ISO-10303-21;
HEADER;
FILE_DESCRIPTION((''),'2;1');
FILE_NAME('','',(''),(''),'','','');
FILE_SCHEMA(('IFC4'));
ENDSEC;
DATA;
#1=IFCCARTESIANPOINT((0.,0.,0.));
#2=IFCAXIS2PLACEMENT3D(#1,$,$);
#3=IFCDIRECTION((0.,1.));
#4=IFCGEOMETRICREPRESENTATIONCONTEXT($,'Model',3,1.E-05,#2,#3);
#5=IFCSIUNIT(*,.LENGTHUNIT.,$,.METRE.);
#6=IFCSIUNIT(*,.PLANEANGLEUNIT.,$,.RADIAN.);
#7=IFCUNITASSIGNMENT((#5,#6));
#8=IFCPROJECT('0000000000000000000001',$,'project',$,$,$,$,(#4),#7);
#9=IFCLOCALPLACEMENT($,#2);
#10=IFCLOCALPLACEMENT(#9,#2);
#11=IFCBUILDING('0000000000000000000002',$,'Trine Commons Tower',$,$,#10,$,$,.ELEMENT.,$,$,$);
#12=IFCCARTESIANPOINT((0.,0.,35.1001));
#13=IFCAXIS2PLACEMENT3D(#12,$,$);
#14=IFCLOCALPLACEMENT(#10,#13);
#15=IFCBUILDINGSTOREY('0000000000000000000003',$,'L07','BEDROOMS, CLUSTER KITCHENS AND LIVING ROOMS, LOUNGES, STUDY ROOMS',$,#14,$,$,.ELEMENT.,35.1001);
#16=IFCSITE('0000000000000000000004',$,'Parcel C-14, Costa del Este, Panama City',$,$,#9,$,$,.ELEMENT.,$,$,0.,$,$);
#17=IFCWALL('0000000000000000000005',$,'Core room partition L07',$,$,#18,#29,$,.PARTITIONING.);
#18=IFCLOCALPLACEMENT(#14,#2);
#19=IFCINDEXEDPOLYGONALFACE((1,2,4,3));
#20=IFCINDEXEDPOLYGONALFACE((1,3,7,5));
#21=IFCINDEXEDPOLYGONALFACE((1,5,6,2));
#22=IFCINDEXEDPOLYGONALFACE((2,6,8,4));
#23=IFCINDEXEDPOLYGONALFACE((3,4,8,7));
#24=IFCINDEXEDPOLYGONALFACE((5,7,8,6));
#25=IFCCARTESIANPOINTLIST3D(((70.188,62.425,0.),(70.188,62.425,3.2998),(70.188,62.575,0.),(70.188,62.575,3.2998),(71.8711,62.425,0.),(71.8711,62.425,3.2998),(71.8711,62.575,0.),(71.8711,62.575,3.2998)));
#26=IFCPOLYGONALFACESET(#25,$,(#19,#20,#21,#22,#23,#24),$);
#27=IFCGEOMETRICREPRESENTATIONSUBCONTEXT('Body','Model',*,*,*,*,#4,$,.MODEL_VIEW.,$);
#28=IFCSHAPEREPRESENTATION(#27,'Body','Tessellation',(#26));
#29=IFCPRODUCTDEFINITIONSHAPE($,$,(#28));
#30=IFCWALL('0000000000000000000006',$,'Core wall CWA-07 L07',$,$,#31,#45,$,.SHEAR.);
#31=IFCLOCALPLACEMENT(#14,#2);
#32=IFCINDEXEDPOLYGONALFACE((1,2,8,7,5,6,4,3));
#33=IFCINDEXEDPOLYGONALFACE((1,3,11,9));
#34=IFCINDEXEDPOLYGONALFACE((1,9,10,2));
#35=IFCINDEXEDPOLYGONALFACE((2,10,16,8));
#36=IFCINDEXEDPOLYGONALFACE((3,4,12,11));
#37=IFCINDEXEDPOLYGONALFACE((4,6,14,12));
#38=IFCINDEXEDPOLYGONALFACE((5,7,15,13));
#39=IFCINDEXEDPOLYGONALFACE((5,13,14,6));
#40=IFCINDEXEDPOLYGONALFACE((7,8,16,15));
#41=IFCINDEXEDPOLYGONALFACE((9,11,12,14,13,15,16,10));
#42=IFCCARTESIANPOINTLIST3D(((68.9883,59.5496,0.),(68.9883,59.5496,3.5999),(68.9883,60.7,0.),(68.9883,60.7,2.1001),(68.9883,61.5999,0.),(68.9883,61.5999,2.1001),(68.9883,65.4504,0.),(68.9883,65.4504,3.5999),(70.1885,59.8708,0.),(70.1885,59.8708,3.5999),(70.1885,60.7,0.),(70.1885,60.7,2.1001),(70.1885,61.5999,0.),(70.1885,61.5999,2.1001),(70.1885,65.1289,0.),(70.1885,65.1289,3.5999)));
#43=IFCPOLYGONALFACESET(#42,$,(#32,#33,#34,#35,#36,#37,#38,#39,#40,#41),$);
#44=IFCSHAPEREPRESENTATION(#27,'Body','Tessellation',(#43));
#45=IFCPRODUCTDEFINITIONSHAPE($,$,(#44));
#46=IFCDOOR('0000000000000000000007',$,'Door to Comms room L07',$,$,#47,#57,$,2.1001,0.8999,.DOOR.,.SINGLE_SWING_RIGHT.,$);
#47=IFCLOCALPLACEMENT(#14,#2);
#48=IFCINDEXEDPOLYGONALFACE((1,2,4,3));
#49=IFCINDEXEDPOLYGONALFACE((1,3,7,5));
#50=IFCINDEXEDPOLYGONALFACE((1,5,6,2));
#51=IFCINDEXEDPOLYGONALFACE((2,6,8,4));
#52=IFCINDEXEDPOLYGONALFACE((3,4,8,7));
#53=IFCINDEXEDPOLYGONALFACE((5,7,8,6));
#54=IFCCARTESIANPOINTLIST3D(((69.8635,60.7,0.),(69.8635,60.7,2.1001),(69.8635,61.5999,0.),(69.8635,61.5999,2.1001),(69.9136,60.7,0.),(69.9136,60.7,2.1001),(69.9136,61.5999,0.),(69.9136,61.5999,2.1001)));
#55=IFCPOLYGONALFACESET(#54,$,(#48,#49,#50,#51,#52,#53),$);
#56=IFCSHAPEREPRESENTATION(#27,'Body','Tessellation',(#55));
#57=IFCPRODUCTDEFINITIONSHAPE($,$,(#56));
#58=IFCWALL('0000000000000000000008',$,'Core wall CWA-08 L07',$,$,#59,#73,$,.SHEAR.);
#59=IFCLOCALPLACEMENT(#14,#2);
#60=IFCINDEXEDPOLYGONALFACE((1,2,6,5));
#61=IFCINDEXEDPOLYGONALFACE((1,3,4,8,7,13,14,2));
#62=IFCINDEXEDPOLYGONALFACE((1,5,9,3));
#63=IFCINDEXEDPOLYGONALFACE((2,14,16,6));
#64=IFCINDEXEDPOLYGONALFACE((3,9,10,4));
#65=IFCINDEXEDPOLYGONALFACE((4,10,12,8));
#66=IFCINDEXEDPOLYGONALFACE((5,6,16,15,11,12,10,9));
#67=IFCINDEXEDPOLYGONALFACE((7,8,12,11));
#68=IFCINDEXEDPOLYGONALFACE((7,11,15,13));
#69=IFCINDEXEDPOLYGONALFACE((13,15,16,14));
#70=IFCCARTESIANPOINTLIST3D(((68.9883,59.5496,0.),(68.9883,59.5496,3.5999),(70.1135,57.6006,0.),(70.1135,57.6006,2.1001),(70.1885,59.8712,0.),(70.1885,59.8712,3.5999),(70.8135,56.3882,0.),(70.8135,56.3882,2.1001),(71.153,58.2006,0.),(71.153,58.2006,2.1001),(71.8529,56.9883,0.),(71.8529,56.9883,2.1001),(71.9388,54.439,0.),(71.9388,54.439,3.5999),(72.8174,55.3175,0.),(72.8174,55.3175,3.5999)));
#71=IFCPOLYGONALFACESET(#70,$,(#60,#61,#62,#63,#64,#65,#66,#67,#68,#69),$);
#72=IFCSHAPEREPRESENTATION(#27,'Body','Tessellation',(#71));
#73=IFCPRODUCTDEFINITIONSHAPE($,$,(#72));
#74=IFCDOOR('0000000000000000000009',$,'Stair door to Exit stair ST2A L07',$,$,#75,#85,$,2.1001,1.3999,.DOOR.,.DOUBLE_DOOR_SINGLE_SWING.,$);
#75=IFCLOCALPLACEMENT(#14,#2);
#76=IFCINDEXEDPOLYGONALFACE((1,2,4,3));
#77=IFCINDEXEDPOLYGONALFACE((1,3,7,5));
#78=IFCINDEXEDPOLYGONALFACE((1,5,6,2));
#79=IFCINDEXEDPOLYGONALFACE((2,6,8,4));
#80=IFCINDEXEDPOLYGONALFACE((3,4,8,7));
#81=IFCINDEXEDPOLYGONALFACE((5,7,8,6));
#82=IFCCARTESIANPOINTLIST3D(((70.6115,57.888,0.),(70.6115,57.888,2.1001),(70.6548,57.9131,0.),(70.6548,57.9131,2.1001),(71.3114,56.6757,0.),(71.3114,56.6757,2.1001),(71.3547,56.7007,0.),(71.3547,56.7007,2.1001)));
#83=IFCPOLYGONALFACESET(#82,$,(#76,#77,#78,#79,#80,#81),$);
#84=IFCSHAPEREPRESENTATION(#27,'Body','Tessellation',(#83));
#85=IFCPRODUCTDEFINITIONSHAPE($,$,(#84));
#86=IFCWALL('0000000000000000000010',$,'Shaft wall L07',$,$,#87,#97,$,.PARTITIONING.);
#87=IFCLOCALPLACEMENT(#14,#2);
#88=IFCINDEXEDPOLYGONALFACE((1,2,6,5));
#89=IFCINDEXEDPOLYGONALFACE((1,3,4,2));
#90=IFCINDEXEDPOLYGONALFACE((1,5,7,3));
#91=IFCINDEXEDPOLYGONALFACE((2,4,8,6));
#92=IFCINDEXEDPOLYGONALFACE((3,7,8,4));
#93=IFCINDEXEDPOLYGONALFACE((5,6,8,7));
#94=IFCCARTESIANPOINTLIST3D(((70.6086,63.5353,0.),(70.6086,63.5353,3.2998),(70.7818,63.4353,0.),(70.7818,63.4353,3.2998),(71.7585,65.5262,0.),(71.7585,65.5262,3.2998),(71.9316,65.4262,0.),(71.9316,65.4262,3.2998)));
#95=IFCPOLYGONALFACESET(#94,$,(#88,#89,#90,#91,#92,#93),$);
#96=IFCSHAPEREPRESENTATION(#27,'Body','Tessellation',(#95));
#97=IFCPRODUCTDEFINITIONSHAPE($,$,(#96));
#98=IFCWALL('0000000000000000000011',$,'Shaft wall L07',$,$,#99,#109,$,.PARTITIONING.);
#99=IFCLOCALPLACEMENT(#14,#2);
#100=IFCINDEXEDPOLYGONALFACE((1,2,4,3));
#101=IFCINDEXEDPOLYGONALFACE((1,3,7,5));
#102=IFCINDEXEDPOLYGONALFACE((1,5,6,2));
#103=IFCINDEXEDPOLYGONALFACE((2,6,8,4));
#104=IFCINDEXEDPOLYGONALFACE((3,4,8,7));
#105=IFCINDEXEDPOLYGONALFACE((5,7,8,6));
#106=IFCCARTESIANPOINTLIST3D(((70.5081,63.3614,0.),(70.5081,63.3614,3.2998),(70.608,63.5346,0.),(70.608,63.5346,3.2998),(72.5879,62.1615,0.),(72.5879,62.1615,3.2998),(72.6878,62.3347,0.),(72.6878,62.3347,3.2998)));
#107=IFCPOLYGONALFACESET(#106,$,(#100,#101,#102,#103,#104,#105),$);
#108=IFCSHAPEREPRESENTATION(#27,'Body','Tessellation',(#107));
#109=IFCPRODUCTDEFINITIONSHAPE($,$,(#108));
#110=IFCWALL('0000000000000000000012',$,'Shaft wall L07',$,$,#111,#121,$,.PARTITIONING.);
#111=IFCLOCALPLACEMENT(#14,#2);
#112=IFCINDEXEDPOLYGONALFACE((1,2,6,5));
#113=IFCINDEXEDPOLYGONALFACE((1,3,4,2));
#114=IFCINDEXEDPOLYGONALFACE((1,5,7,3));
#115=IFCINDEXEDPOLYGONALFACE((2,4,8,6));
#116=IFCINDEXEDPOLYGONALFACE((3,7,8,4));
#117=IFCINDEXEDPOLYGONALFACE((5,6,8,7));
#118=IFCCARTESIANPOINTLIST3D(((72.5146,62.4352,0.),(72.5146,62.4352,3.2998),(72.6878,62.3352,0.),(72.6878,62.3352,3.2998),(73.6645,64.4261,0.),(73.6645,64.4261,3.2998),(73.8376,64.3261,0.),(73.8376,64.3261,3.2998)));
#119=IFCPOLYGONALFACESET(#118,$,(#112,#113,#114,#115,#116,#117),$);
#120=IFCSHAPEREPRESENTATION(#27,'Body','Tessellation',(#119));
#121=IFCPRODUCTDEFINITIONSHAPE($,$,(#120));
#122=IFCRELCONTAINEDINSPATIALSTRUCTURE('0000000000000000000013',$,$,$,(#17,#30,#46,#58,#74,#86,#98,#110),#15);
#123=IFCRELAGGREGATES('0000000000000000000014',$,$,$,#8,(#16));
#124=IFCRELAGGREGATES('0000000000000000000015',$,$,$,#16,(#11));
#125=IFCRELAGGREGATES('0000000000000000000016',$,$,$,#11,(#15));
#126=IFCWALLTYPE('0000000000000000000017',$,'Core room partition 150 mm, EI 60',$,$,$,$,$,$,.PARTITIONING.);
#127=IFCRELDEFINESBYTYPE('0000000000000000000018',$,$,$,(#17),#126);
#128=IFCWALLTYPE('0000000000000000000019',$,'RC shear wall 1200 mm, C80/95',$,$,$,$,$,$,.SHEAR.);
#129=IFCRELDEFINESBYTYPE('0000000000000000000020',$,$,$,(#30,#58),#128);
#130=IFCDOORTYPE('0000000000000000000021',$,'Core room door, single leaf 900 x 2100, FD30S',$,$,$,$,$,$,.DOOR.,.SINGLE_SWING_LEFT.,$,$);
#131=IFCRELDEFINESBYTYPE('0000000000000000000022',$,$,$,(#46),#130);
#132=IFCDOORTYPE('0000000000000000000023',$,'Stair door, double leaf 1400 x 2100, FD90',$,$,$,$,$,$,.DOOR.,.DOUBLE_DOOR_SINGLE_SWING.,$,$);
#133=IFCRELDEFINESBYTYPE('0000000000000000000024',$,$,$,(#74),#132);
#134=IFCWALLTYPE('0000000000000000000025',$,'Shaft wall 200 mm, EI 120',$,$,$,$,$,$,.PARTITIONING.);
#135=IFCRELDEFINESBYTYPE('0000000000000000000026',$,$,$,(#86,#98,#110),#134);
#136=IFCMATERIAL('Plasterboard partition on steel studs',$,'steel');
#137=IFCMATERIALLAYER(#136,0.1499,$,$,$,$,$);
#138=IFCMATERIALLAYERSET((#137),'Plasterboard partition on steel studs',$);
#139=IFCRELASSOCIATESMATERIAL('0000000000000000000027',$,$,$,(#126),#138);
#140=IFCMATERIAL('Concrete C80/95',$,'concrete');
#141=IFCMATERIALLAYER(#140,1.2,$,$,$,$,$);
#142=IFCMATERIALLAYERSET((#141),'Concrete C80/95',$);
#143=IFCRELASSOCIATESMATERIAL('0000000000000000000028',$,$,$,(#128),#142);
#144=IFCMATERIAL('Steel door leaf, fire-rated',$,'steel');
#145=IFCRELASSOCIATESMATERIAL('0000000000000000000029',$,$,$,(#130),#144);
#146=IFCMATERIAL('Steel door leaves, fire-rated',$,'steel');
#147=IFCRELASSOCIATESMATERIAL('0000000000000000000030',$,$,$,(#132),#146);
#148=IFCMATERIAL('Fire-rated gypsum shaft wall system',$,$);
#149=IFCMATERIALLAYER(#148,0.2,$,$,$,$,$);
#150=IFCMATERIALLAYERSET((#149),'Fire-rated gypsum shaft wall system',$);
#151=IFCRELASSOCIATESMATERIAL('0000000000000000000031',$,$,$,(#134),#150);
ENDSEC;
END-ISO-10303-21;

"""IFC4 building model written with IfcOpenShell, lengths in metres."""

from ifc_helpers import new_model, si_unit, direction, frame, frame_2d, origin, place, context, subcontext, project, spatial, polyline, rectangle, outline, extrude, material, layer, layer_set, type_object, element, fill, save


model = new_model("IFC4")

# Units and contexts
model_context = context("Model", 3, precision=1e-05, world=origin(), true_north=direction((0.0, 1.0)))
body_context = subcontext(model_context, "Body", "Model", "MODEL_VIEW")
ifc_project = project(units=[si_unit("LENGTHUNIT", "METRE"), si_unit("PLANEANGLEUNIT", "RADIAN")], contexts=[model_context])

# Site, building, storey
site_placement = place(None, origin())
site = spatial("IfcSite", under=ifc_project, at=site_placement, Name="Parcel C-14, Costa del Este, Panama City", CompositionType="ELEMENT", RefElevation=0.0)
building_placement = place(site_placement, origin())
building = spatial("IfcBuilding", under=site, at=building_placement, Name="Trine Commons Tower", CompositionType="ELEMENT")
storey_placement = place(building_placement, frame((0.0, 0.0, 35.1001)))
storey = spatial("IfcBuildingStorey", under=building, at=storey_placement, Name="L07", Description="BEDROOMS, CLUSTER KITCHENS AND LIVING ROOMS, LOUNGES, STUDY ROOMS", CompositionType="ELEMENT", Elevation=35.1001)

# Wall
ifc_material_1 = material(Name="Plasterboard partition on steel studs", Category="steel")
ifc_layer_1 = layer(ifc_material_1, 0.1499)
ifc_layer_set_1 = layer_set([ifc_layer_1], Name="Plasterboard partition on steel studs")
wall_type_1 = type_object("IfcWallType", Name="Core room partition 150 mm, EI 60", PredefinedType="PARTITIONING", material=ifc_layer_set_1)
wall_1_placement = place(storey_placement, frame((70.188, 62.5, 0.0), z_axis=(0.0, 0.0, 1.0), x_axis=(1.0, 0.0, 0.0)))
element("IfcWall", 1, at=wall_1_placement, inside=storey, type_object=wall_type_1, Name="Core room partition L07", PredefinedType="PARTITIONING", context=body_context, shape_type="SweptSolid", body=[
    extrude(rectangle(XDim=1.6831, YDim=0.1499, at=frame_2d((0.8416, 0.0))), origin(), (0.0, 0.0, 1.0), 3.2998),
])

# Walls, openings, doors
ifc_material_2 = material(Name="Concrete C80/95", Category="concrete")
ifc_layer_2 = layer(ifc_material_2, 1.2)
ifc_layer_set_2 = layer_set([ifc_layer_2], Name="Concrete C80/95")
wall_type_2 = type_object("IfcWallType", Name="RC shear wall 1200 mm, C80/95", PredefinedType="SHEAR", material=ifc_layer_set_2)
wall_2_placement = place(storey_placement, frame((69.5884, 65.4504, 0.0), z_axis=(0.0, 0.0, 1.0), x_axis=(0.0, -1.0, 0.0)))
wall_2 = element("IfcWall", 2, at=wall_2_placement, inside=storey, type_object=wall_type_2, Name="Core wall CWA-07 L07", PredefinedType="SHEAR", context=body_context, shape_type="SweptSolid", body=[
    extrude(outline(polyline([(0.0, -0.6001), (5.9009, -0.6001), (5.5796, 0.6001), (0.3215, 0.6001), (0.0, -0.6001)])), origin(), (0.0, 0.0, 1.0), 3.5999),
])
opening_1_placement = place(wall_2_placement, frame((3.8506, 0.0, 0.0)))
opening_1 = element("IfcOpeningElement", 3, at=opening_1_placement, cuts=wall_2, PredefinedType="OPENING", context=body_context, shape_type="SweptSolid", body=[
    extrude(rectangle(XDim=0.8999, YDim=2.1001, at=frame_2d((0.45, 1.05))), frame((0.0, 0.6099, 0.0), z_axis=(0.0, -1.0, 0.0), x_axis=(1.0, 0.0, 0.0)), (0.0, 0.0, 1.0), 1.22),
])
ifc_material_3 = material(Name="Steel door leaf, fire-rated", Category="steel")
door_type_1 = type_object("IfcDoorType", Name="Core room door, single leaf 900 x 2100, FD30S", OperationType="SINGLE_SWING_LEFT", PredefinedType="DOOR", material=ifc_material_3)
door_1_placement = place(opening_1_placement, origin())
door_1 = element("IfcDoor", 4, at=door_1_placement, inside=storey, type_object=door_type_1, Name="Door to Comms room L07", OperationType="SINGLE_SWING_RIGHT", OverallHeight=2.1001, OverallWidth=0.8999, PredefinedType="DOOR", context=body_context, shape_type="SweptSolid", body=[
    extrude(rectangle(XDim=0.8999, YDim=2.1001, at=frame_2d((0.45, 1.05))), frame((0.0, 0.3252, 0.0), z_axis=(0.0, -1.0, 0.0), x_axis=(1.0, 0.0, 0.0)), (0.0, 0.0, 1.0), 0.05),
])
fill(opening_1, door_1)
wall_3_placement = place(storey_placement, frame((69.5081, 59.8496, 0.0), z_axis=(0.0, 0.0, 1.0), x_axis=(0.499979, -0.866037, 0.0)))
wall_3 = element("IfcWall", 5, at=wall_3_placement, inside=storey, type_object=wall_type_2, Name="Core wall CWA-08 L07", PredefinedType="SHEAR", context=body_context, shape_type="SweptSolid", body=[
    extrude(outline(polyline([(0.0, -0.6001), (5.9011, -0.6001), (5.5796, 0.6001), (0.3215, 0.6001), (0.0, -0.6001)])), origin(), (0.0, 0.0, 1.0), 3.5999),
])
opening_2_placement = place(wall_3_placement, frame((2.2505, 0.0, 0.0)))
opening_2 = element("IfcOpeningElement", 6, at=opening_2_placement, cuts=wall_3, PredefinedType="OPENING", context=body_context, shape_type="SweptSolid", body=[
    extrude(rectangle(XDim=1.3999, YDim=2.1001, at=frame_2d((0.7, 1.05))), frame((0.0, 0.6099, 0.0), z_axis=(0.0, -1.0, 0.0), x_axis=(1.0, 0.0, 0.0)), (0.0, 0.0, 1.0), 1.22),
])
ifc_material_4 = material(Name="Steel door leaves, fire-rated", Category="steel")
door_type_2 = type_object("IfcDoorType", Name="Stair door, double leaf 1400 x 2100, FD90", OperationType="DOUBLE_DOOR_SINGLE_SWING", PredefinedType="DOOR", material=ifc_material_4)
door_2_placement = place(opening_2_placement, origin())
door_2 = element("IfcDoor", 7, at=door_2_placement, inside=storey, type_object=door_type_2, Name="Stair door to Exit stair ST2A L07", OperationType="DOUBLE_DOOR_SINGLE_SWING", OverallHeight=2.1001, OverallWidth=1.3999, PredefinedType="DOOR", context=body_context, shape_type="SweptSolid", body=[
    extrude(rectangle(XDim=1.3999, YDim=2.1001, at=frame_2d((0.7, 1.05))), frame((0.0, 0.0249, 0.0), z_axis=(0.0, -1.0, 0.0), x_axis=(1.0, 0.0, 0.0)), (0.0, 0.0, 1.0), 0.05),
])
fill(opening_2, door_2)

# Walls
ifc_material_5 = material(Name="Fire-rated gypsum shaft wall system")
ifc_layer_3 = layer(ifc_material_5, 0.2)
ifc_layer_set_3 = layer_set([ifc_layer_3], Name="Fire-rated gypsum shaft wall system")
wall_type_3 = type_object("IfcWallType", Name="Shaft wall 200 mm, EI 120", PredefinedType="PARTITIONING", material=ifc_layer_set_3)
wall_4_placement = place(storey_placement, frame((71.845, 65.4761, 0.0), z_axis=(0.0, 0.0, 1.0), x_axis=(-0.500136, -0.865947, 0.0)))
element("IfcWall", 8, at=wall_4_placement, inside=storey, type_object=wall_type_3, Name="Shaft wall L07", PredefinedType="PARTITIONING", context=body_context, shape_type="SweptSolid", body=[
    extrude(rectangle(XDim=2.2991, YDim=0.2, at=frame_2d((1.1494, 0.0))), origin(), (0.0, 0.0, 1.0), 3.2998),
])
wall_5_placement = place(storey_placement, frame((72.6379, 62.248, 0.0), z_axis=(0.0, 0.0, 1.0), x_axis=(-0.866177, 0.499737, 0.0)))
element("IfcWall", 9, at=wall_5_placement, inside=storey, type_object=wall_type_3, Name="Shaft wall L07", PredefinedType="PARTITIONING", context=body_context, shape_type="SweptSolid", body=[
    extrude(rectangle(XDim=2.4011, YDim=0.2, at=frame_2d((1.2007, 0.0))), origin(), (0.0, 0.0, 1.0), 3.2998),
])
wall_6_placement = place(storey_placement, frame((73.751, 64.376, 0.0), z_axis=(0.0, 0.0, 1.0), x_axis=(-0.500136, -0.865947, 0.0)))
element("IfcWall", 10, at=wall_6_placement, inside=storey, type_object=wall_type_3, Name="Shaft wall L07", PredefinedType="PARTITIONING", context=body_context, shape_type="SweptSolid", body=[
    extrude(rectangle(XDim=2.2991, YDim=0.2, at=frame_2d((1.1494, 0.0))), origin(), (0.0, 0.0, 1.0), 3.2998),
])

save(model, "model.ifc")
